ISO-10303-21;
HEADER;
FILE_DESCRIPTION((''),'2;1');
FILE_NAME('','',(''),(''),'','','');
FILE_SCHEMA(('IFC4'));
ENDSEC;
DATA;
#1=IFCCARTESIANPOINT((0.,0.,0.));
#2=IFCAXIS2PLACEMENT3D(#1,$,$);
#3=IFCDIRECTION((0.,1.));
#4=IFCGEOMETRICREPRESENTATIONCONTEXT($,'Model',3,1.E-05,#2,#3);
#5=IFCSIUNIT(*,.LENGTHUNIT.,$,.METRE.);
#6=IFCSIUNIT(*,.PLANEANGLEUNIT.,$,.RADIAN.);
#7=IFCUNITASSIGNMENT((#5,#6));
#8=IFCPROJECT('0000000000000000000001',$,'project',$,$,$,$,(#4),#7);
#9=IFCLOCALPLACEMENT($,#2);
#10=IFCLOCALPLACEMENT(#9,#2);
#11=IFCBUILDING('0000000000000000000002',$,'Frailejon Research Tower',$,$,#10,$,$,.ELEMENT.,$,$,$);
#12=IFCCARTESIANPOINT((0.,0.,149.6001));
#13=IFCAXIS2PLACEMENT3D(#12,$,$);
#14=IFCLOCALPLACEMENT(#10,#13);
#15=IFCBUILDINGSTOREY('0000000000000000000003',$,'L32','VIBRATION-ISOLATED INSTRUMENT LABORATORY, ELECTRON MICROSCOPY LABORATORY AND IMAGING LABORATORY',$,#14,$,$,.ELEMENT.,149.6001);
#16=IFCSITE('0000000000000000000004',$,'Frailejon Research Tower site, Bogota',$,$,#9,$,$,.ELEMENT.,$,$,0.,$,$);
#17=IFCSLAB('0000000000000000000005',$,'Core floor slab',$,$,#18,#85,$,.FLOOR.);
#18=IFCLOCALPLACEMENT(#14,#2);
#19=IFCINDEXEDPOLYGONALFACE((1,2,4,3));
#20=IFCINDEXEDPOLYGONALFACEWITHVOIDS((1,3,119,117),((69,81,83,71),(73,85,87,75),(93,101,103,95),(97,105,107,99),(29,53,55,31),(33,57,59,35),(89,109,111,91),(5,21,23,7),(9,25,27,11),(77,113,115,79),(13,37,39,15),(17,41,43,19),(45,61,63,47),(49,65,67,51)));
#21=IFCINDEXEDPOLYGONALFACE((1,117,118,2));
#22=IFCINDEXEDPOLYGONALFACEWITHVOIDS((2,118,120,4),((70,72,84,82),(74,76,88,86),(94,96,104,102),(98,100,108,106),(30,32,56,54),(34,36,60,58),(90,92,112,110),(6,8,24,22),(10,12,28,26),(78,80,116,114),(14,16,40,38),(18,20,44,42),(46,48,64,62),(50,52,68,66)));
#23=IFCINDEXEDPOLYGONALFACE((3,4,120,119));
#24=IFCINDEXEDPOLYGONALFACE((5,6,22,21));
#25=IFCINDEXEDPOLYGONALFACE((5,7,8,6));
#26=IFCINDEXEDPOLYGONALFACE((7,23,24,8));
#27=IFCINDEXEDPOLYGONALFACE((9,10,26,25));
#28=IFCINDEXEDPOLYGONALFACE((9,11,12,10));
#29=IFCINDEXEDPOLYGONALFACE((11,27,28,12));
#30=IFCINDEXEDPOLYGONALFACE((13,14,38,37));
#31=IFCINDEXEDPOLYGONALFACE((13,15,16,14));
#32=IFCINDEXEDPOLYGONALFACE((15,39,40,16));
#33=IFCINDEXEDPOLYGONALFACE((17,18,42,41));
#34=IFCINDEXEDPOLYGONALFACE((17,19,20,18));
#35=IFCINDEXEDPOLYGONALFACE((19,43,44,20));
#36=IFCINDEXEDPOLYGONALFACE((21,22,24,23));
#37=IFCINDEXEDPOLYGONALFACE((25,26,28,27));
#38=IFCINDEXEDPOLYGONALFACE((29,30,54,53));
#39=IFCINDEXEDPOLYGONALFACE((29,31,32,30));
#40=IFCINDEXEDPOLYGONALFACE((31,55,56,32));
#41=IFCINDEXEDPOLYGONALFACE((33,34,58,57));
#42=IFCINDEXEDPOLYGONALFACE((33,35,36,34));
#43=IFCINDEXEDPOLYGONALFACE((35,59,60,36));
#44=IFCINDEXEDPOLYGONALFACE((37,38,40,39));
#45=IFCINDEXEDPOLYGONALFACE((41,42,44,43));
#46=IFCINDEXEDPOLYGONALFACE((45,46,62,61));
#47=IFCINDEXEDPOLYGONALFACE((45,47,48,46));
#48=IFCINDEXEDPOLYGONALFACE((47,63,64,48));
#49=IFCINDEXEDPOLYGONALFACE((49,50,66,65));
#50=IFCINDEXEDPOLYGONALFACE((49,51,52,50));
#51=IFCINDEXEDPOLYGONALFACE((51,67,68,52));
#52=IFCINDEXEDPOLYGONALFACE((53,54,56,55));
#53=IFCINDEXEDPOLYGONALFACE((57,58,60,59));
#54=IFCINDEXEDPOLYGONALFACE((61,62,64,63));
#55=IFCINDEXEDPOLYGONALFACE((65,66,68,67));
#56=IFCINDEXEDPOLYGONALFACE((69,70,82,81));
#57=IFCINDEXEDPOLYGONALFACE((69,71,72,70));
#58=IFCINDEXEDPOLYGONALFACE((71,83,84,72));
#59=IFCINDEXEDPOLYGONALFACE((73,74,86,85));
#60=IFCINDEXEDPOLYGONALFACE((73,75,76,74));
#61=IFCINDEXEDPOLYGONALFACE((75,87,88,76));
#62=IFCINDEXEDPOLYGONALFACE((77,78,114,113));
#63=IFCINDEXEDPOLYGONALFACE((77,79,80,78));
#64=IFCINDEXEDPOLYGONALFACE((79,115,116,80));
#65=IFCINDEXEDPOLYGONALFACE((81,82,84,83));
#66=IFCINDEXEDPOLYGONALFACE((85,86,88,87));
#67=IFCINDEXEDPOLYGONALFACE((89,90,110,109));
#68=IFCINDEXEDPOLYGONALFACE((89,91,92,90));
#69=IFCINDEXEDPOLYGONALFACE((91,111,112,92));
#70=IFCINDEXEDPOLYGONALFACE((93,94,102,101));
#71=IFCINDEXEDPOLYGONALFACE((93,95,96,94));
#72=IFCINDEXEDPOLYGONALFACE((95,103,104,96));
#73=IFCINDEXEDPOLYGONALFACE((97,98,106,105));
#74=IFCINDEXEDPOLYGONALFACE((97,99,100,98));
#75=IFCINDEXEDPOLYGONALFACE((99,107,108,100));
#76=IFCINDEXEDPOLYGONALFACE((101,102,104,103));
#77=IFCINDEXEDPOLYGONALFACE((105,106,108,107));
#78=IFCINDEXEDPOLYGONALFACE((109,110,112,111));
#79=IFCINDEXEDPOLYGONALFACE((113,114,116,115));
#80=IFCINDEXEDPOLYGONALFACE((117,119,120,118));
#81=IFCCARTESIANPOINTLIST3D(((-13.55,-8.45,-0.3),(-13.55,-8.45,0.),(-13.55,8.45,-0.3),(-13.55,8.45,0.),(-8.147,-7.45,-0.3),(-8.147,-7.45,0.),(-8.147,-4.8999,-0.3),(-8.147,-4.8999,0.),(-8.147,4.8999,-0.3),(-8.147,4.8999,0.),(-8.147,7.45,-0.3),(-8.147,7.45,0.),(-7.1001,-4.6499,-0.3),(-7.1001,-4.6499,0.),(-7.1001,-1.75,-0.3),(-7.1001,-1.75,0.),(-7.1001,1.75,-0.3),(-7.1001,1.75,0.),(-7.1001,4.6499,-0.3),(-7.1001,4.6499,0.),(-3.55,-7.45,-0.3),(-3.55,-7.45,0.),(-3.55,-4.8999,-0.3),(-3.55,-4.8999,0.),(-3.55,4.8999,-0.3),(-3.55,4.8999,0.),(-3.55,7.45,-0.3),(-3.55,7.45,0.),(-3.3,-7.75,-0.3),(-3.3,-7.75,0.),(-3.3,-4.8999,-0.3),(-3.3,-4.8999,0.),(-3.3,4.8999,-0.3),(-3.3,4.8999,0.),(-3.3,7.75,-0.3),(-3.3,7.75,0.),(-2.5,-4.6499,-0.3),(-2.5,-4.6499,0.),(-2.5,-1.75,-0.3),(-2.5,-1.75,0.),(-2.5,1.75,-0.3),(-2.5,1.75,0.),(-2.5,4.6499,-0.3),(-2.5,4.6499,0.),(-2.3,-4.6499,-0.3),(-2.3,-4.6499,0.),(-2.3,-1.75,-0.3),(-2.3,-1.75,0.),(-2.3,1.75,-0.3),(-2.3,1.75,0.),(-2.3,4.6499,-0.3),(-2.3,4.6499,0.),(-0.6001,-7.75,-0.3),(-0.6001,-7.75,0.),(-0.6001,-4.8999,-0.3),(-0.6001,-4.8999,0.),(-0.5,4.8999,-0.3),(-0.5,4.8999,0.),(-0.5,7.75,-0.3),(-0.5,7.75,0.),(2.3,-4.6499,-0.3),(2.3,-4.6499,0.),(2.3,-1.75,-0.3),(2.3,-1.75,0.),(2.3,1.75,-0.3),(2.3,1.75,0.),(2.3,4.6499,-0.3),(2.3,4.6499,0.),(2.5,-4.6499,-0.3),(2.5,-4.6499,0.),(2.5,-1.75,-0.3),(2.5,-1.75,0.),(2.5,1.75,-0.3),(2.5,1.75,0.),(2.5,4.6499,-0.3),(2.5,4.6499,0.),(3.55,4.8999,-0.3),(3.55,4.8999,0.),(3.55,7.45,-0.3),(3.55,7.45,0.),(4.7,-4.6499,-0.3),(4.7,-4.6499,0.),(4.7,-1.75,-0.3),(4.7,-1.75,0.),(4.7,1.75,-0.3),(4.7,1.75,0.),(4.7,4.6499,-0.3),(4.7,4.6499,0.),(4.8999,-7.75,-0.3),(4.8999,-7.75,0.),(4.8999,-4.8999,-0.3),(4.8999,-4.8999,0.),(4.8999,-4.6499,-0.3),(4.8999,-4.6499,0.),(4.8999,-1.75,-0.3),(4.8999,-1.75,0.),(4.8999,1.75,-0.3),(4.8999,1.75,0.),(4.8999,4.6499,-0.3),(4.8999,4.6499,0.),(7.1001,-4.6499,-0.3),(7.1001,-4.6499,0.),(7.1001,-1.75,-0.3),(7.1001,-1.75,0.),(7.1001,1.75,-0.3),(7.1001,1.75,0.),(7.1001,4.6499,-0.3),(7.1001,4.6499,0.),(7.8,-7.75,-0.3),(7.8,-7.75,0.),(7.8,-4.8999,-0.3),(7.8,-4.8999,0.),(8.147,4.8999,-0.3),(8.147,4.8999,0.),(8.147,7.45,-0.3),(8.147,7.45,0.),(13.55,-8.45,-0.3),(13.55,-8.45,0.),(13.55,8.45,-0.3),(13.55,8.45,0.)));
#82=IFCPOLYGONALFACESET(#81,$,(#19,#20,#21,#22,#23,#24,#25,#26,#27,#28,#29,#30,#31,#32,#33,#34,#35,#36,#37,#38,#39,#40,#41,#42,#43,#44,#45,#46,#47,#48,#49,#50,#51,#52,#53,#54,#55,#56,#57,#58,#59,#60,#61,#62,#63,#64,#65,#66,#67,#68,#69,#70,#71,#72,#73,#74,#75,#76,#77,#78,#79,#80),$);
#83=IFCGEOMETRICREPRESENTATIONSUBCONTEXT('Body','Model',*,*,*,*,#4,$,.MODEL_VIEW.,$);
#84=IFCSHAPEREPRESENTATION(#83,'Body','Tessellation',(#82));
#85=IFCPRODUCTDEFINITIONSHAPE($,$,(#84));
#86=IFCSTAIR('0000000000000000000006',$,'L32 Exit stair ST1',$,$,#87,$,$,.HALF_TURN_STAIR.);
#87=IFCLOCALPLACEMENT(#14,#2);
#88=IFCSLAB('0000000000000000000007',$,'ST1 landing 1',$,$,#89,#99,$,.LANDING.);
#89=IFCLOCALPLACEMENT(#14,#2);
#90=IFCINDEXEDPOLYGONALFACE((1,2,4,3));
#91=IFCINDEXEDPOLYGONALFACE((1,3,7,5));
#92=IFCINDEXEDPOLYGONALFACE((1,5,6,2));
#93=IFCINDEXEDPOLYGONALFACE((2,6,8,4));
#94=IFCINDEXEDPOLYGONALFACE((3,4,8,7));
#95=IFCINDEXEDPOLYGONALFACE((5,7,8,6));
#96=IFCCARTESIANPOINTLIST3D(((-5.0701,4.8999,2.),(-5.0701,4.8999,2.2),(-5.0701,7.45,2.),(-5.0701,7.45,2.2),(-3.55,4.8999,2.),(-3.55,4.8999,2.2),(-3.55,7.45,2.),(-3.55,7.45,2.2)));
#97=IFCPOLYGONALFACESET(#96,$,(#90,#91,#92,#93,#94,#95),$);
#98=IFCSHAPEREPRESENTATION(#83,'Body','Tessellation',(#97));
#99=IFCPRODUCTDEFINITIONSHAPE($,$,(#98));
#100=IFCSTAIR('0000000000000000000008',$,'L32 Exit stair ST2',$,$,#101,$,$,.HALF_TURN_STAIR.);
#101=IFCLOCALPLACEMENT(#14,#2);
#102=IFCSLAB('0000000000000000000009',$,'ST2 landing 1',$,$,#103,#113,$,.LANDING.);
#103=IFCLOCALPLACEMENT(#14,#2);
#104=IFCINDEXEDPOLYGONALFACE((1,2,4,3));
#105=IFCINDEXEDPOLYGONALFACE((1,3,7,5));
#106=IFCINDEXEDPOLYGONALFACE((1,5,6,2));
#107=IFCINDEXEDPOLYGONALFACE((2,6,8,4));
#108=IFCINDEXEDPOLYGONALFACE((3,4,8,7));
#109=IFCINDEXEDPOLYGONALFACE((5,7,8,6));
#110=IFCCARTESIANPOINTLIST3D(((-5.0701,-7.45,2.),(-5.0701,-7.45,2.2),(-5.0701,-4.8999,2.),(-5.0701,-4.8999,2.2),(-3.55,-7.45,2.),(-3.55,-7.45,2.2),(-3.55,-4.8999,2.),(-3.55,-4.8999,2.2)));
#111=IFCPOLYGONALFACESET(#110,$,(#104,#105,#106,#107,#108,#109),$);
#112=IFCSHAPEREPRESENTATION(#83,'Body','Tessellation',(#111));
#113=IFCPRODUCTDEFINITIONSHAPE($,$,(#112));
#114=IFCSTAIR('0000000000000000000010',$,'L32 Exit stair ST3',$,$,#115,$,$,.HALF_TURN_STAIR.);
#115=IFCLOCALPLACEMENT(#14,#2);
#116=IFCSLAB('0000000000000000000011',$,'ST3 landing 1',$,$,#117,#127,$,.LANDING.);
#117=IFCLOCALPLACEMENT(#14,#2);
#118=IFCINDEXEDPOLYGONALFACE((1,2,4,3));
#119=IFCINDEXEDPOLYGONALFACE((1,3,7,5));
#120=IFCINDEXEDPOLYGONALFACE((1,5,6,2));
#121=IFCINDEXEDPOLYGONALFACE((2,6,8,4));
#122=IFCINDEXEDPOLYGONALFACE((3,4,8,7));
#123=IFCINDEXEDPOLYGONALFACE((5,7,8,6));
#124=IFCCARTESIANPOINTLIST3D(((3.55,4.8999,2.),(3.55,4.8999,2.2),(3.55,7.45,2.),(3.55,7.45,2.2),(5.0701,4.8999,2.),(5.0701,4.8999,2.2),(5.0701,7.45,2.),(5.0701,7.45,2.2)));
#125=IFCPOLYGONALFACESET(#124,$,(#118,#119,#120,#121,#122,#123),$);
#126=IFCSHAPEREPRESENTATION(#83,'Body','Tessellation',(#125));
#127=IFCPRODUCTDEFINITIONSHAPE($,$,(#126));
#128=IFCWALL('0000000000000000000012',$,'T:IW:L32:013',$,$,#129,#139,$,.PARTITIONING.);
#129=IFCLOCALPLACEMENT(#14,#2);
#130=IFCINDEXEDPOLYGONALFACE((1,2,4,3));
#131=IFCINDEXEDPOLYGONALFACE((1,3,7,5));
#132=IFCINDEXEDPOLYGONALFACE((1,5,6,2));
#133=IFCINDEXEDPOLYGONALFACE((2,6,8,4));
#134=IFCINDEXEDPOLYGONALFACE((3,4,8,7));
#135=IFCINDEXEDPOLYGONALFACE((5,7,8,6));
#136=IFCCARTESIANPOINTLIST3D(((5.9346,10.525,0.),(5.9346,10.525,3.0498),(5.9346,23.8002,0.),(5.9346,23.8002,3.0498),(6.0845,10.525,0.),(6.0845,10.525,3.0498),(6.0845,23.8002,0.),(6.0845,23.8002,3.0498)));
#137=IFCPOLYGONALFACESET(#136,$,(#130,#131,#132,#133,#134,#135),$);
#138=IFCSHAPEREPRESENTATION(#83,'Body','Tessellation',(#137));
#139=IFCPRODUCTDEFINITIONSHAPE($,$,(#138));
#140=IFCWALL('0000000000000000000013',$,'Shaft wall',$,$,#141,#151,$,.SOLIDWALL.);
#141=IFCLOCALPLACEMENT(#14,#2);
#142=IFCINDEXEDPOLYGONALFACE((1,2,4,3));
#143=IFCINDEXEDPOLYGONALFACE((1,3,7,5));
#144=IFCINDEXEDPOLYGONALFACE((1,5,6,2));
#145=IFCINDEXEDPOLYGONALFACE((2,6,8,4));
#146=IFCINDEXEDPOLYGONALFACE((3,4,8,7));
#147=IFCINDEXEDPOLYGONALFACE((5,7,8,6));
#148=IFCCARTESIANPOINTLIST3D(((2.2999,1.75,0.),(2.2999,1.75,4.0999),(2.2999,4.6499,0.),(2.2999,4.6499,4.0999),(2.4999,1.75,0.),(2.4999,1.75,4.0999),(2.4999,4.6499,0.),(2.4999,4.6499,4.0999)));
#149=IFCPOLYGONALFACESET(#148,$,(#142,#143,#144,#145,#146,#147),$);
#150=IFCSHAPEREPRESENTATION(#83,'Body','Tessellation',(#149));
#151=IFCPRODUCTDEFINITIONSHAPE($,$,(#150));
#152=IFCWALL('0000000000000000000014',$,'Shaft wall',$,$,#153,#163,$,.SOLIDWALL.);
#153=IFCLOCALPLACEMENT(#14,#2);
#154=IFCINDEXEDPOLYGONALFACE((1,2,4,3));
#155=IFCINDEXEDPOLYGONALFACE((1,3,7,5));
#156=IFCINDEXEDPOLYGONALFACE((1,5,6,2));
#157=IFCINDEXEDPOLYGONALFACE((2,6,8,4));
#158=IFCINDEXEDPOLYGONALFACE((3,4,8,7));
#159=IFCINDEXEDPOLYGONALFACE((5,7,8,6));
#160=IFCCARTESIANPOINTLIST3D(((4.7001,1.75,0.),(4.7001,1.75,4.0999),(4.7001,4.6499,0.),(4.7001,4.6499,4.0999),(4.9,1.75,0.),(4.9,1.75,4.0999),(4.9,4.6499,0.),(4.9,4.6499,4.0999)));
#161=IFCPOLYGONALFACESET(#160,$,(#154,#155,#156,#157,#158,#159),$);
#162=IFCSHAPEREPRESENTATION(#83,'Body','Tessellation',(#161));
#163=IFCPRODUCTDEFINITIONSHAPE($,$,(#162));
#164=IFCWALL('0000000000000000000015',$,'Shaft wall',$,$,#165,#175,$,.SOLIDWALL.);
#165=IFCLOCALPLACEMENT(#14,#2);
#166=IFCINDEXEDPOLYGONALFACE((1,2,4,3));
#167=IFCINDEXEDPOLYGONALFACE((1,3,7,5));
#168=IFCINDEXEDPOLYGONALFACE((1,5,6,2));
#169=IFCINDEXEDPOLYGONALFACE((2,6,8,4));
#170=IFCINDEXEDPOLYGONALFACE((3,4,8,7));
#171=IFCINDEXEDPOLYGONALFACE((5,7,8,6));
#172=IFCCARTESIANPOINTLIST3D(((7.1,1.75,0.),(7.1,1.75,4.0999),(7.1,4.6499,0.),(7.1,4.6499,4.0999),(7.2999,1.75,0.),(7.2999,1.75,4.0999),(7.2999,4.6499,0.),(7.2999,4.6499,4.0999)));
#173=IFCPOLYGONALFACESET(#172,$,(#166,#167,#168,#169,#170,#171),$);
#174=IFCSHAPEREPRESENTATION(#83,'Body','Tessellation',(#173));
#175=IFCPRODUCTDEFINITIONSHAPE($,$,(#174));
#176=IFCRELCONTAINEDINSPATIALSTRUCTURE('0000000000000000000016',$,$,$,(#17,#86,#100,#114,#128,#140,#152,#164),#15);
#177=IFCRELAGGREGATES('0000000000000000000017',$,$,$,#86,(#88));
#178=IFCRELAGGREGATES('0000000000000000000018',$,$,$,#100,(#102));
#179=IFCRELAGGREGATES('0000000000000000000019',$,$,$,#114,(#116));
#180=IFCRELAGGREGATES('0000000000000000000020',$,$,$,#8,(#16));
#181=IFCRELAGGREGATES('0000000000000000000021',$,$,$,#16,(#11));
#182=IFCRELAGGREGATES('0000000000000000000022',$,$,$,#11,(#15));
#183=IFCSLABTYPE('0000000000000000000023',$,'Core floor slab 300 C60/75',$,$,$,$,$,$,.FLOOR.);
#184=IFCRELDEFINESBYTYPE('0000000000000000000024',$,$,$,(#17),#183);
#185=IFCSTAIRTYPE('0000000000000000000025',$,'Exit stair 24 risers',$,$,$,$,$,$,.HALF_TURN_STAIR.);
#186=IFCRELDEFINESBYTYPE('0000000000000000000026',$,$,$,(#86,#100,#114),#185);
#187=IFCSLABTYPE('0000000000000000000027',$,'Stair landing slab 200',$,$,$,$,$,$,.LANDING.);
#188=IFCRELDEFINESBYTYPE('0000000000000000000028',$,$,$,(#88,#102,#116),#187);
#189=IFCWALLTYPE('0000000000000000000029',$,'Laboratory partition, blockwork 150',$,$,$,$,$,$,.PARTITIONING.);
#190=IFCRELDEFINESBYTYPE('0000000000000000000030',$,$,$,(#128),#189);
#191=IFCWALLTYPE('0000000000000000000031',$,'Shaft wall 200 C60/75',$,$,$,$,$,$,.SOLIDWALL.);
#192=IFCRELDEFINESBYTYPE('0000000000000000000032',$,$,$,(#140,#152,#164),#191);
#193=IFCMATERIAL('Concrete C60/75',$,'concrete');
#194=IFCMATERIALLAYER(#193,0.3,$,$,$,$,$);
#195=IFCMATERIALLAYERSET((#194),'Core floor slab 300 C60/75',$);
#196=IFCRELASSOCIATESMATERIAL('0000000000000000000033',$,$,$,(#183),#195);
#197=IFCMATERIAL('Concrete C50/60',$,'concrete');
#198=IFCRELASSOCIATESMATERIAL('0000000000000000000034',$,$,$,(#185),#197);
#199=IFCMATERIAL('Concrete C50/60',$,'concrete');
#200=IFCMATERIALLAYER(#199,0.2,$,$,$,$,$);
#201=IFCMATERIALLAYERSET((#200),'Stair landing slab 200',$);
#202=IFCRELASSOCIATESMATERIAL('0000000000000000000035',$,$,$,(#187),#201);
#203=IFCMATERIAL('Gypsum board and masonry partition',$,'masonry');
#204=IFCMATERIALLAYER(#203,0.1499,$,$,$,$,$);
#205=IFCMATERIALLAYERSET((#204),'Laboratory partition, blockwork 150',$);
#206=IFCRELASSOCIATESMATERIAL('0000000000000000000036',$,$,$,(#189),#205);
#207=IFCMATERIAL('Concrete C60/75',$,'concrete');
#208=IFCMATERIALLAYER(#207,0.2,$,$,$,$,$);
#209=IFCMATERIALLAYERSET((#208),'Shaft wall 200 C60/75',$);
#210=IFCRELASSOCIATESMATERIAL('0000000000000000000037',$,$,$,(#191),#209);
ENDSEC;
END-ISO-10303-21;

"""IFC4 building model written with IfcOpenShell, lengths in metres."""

from ifc_helpers import new_model, si_unit, direction, frame, frame_2d, origin, place, context, subcontext, project, spatial, polyline, rectangle, outline, extrude, material, layer, layer_set, type_object, element, aggregate, save


model = new_model("IFC4")

# Units and contexts
model_context = context("Model", 3, precision=1e-05, world=origin(), true_north=direction((0.0, 1.0)))
body_context = subcontext(model_context, "Body", "Model", "MODEL_VIEW")
ifc_project = project(units=[si_unit("LENGTHUNIT", "METRE"), si_unit("PLANEANGLEUNIT", "RADIAN")], contexts=[model_context])

# Site, building, storey
site_placement = place(None, origin())
site = spatial("IfcSite", under=ifc_project, at=site_placement, Name="Frailejon Research Tower site, Bogota", CompositionType="ELEMENT", RefElevation=0.0)
building_placement = place(site_placement, origin())
building = spatial("IfcBuilding", under=site, at=building_placement, Name="Frailejon Research Tower", CompositionType="ELEMENT")
storey_placement = place(building_placement, frame((0.0, 0.0, 149.6001)))
storey = spatial("IfcBuildingStorey", under=building, at=storey_placement, Name="L32", Description="VIBRATION-ISOLATED INSTRUMENT LABORATORY, ELECTRON MICROSCOPY LABORATORY AND IMAGING LABORATORY", CompositionType="ELEMENT", Elevation=149.6001)

# Slab
ifc_material_1 = material(Name="Concrete C60/75", Category="concrete")
ifc_layer_1 = layer(ifc_material_1, 0.3)
ifc_layer_set_1 = layer_set([ifc_layer_1], Name="Core floor slab 300 C60/75")
slab_type_1 = type_object("IfcSlabType", Name="Core floor slab 300 C60/75", PredefinedType="FLOOR", material=ifc_layer_set_1)
slab_1_placement = place(storey_placement, frame((0.0, 0.0, -0.3)))
element("IfcSlab", 1, at=slab_1_placement, inside=storey, type_object=slab_type_1, Name="Core floor slab", PredefinedType="FLOOR", context=body_context, shape_type="SweptSolid", body=[
    extrude(outline(polyline([(13.55, -8.45), (13.55, 8.45), (-13.55, 8.45), (-13.55, -8.45), (13.55, -8.45)]), holes=[polyline([(-2.5, 1.75), (-2.5, 4.6499), (-7.1001, 4.6499), (-7.1001, 1.75), (-2.5, 1.75)]), polyline([(2.3, 1.75), (2.3, 4.6499), (-2.3, 4.6499), (-2.3, 1.75), (2.3, 1.75)]), polyline([(4.7, 1.75), (4.7, 4.6499), (2.5, 4.6499), (2.5, 1.75), (4.7, 1.75)]), polyline([(7.1001, 1.75), (7.1001, 4.6499), (4.8999, 4.6499), (4.8999, 1.75), (7.1001, 1.75)]), polyline([(-2.5, -4.6499), (-2.5, -1.75), (-7.1001, -1.75), (-7.1001, -4.6499), (-2.5, -4.6499)]), polyline([(2.3, -4.6499), (2.3, -1.75), (-2.3, -1.75), (-2.3, -4.6499), (2.3, -4.6499)]), polyline([(4.7, -4.6499), (4.7, -1.75), (2.5, -1.75), (2.5, -4.6499), (4.7, -4.6499)]), polyline([(7.1001, -4.6499), (7.1001, -1.75), (4.8999, -1.75), (4.8999, -4.6499), (7.1001, -4.6499)]), polyline([(-8.147, 4.8999), (-3.55, 4.8999), (-3.55, 7.45), (-8.147, 7.45), (-8.147, 4.8999)]), polyline([(-8.147, -7.45), (-3.55, -7.45), (-3.55, -4.8999), (-8.147, -4.8999), (-8.147, -7.45)]), polyline([(8.147, 7.45), (3.55, 7.45), (3.55, 4.8999), (8.147, 4.8999), (8.147, 7.45)]), polyline([(-0.6001, -7.75), (-0.6001, -4.8999), (-3.3, -4.8999), (-3.3, -7.75), (-0.6001, -7.75)]), polyline([(7.8, -7.75), (7.8, -4.8999), (4.8999, -4.8999), (4.8999, -7.75), (7.8, -7.75)]), polyline([(-0.5, 4.8999), (-0.5, 7.75), (-3.3, 7.75), (-3.3, 4.8999), (-0.5, 4.8999)])]), origin(), (0.0, 0.0, 1.0), 0.3),
])

# Stairs, slabs
ifc_material_2 = material(Name="Concrete C50/60", Category="concrete")
stair_type = type_object("IfcStairType", Name="Exit stair 24 risers", PredefinedType="HALF_TURN_STAIR", material=ifc_material_2)
stair_1_placement = place(storey_placement, origin())
stair_1 = element("IfcStair", 2, at=stair_1_placement, inside=storey, type_object=stair_type, Name="L32 Exit stair ST1", PredefinedType="HALF_TURN_STAIR")
ifc_material_3 = material(Name="Concrete C50/60", Category="concrete")
ifc_layer_2 = layer(ifc_material_3, 0.2)
ifc_layer_set_2 = layer_set([ifc_layer_2], Name="Stair landing slab 200")
slab_type_2 = type_object("IfcSlabType", Name="Stair landing slab 200", PredefinedType="LANDING", material=ifc_layer_set_2)
slab_2_placement = place(storey_placement, frame((0.0, 0.0, 2.0)))
slab_2 = element("IfcSlab", 3, at=slab_2_placement, type_object=slab_type_2, Name="ST1 landing 1", PredefinedType="LANDING", context=body_context, shape_type="SweptSolid", body=[
    extrude(outline(polyline([(-5.0701, 4.8999), (-3.55, 4.8999), (-3.55, 7.45), (-5.0701, 7.45), (-5.0701, 4.8999)])), origin(), (0.0, 0.0, 1.0), 0.2),
])
aggregate(stair_1, [slab_2])
stair_2_placement = place(storey_placement, origin())
stair_2 = element("IfcStair", 4, at=stair_2_placement, inside=storey, type_object=stair_type, Name="L32 Exit stair ST2", PredefinedType="HALF_TURN_STAIR")
slab_3_placement = place(storey_placement, frame((0.0, 0.0, 2.0)))
slab_3 = element("IfcSlab", 5, at=slab_3_placement, type_object=slab_type_2, Name="ST2 landing 1", PredefinedType="LANDING", context=body_context, shape_type="SweptSolid", body=[
    extrude(outline(polyline([(-5.0701, -7.45), (-3.55, -7.45), (-3.55, -4.8999), (-5.0701, -4.8999), (-5.0701, -7.45)])), origin(), (0.0, 0.0, 1.0), 0.2),
])
aggregate(stair_2, [slab_3])
stair_3_placement = place(storey_placement, origin())
stair_3 = element("IfcStair", 6, at=stair_3_placement, inside=storey, type_object=stair_type, Name="L32 Exit stair ST3", PredefinedType="HALF_TURN_STAIR")
slab_4_placement = place(storey_placement, frame((0.0, 0.0, 2.0)))
slab_4 = element("IfcSlab", 7, at=slab_4_placement, type_object=slab_type_2, Name="ST3 landing 1", PredefinedType="LANDING", context=body_context, shape_type="SweptSolid", body=[
    extrude(outline(polyline([(5.0701, 7.45), (3.55, 7.45), (3.55, 4.8999), (5.0701, 4.8999), (5.0701, 7.45)])), origin(), (0.0, 0.0, 1.0), 0.2),
])

# Walls
ifc_material_4 = material(Name="Gypsum board and masonry partition", Category="masonry")
ifc_layer_3 = layer(ifc_material_4, 0.1499)
ifc_layer_set_3 = layer_set([ifc_layer_3], Name="Laboratory partition, blockwork 150")
wall_type_1 = type_object("IfcWallType", Name="Laboratory partition, blockwork 150", PredefinedType="PARTITIONING", material=ifc_layer_set_3)
wall_1_placement = place(storey_placement, frame((6.0095, 10.5249, 0.0), z_axis=(0.0, 0.0, 1.0), x_axis=(0.0, 1.0, 0.0)))
element("IfcWall", 8, at=wall_1_placement, inside=storey, type_object=wall_type_1, Name="T:IW:L32:013", PredefinedType="PARTITIONING", context=body_context, shape_type="SweptSolid", body=[
    extrude(rectangle(XDim=13.2751, YDim=0.1499, at=frame_2d((6.6377, 0.0))), origin(), (0.0, 0.0, 1.0), 3.0498),
])
ifc_material_5 = material(Name="Concrete C60/75", Category="concrete")
ifc_layer_4 = layer(ifc_material_5, 0.2)
ifc_layer_set_4 = layer_set([ifc_layer_4], Name="Shaft wall 200 C60/75")
wall_type_2 = type_object("IfcWallType", Name="Shaft wall 200 C60/75", PredefinedType="SOLIDWALL", material=ifc_layer_set_4)
for number, where, z_axis, x_axis, name in (
    (9, (2.3999, 1.75, 0.0), (0.0, 0.0, 1.0), (0.0, 1.0, 0.0), "Shaft wall"),
    (10, (4.8, 1.75, 0.0), (0.0, 0.0, 1.0), (0.0, 1.0, 0.0), "Shaft wall"),
    (11, (7.2, 1.75, 0.0), (0.0, 0.0, 1.0), (0.0, 1.0, 0.0), "Shaft wall"),
):
    element("IfcWall", number, at=place(storey_placement, frame(where, z_axis=z_axis, x_axis=x_axis)), inside=storey, type_object=wall_type_2, Name=name, PredefinedType="SOLIDWALL", context=body_context, shape_type="SweptSolid", body=[
        extrude(rectangle(XDim=2.8999, YDim=0.2, at=frame_2d((1.45, 0.0))), origin(), (0.0, 0.0, 1.0), 4.0999),
    ])

aggregate(stair_3, [slab_4])

save(model, "model.ifc")
